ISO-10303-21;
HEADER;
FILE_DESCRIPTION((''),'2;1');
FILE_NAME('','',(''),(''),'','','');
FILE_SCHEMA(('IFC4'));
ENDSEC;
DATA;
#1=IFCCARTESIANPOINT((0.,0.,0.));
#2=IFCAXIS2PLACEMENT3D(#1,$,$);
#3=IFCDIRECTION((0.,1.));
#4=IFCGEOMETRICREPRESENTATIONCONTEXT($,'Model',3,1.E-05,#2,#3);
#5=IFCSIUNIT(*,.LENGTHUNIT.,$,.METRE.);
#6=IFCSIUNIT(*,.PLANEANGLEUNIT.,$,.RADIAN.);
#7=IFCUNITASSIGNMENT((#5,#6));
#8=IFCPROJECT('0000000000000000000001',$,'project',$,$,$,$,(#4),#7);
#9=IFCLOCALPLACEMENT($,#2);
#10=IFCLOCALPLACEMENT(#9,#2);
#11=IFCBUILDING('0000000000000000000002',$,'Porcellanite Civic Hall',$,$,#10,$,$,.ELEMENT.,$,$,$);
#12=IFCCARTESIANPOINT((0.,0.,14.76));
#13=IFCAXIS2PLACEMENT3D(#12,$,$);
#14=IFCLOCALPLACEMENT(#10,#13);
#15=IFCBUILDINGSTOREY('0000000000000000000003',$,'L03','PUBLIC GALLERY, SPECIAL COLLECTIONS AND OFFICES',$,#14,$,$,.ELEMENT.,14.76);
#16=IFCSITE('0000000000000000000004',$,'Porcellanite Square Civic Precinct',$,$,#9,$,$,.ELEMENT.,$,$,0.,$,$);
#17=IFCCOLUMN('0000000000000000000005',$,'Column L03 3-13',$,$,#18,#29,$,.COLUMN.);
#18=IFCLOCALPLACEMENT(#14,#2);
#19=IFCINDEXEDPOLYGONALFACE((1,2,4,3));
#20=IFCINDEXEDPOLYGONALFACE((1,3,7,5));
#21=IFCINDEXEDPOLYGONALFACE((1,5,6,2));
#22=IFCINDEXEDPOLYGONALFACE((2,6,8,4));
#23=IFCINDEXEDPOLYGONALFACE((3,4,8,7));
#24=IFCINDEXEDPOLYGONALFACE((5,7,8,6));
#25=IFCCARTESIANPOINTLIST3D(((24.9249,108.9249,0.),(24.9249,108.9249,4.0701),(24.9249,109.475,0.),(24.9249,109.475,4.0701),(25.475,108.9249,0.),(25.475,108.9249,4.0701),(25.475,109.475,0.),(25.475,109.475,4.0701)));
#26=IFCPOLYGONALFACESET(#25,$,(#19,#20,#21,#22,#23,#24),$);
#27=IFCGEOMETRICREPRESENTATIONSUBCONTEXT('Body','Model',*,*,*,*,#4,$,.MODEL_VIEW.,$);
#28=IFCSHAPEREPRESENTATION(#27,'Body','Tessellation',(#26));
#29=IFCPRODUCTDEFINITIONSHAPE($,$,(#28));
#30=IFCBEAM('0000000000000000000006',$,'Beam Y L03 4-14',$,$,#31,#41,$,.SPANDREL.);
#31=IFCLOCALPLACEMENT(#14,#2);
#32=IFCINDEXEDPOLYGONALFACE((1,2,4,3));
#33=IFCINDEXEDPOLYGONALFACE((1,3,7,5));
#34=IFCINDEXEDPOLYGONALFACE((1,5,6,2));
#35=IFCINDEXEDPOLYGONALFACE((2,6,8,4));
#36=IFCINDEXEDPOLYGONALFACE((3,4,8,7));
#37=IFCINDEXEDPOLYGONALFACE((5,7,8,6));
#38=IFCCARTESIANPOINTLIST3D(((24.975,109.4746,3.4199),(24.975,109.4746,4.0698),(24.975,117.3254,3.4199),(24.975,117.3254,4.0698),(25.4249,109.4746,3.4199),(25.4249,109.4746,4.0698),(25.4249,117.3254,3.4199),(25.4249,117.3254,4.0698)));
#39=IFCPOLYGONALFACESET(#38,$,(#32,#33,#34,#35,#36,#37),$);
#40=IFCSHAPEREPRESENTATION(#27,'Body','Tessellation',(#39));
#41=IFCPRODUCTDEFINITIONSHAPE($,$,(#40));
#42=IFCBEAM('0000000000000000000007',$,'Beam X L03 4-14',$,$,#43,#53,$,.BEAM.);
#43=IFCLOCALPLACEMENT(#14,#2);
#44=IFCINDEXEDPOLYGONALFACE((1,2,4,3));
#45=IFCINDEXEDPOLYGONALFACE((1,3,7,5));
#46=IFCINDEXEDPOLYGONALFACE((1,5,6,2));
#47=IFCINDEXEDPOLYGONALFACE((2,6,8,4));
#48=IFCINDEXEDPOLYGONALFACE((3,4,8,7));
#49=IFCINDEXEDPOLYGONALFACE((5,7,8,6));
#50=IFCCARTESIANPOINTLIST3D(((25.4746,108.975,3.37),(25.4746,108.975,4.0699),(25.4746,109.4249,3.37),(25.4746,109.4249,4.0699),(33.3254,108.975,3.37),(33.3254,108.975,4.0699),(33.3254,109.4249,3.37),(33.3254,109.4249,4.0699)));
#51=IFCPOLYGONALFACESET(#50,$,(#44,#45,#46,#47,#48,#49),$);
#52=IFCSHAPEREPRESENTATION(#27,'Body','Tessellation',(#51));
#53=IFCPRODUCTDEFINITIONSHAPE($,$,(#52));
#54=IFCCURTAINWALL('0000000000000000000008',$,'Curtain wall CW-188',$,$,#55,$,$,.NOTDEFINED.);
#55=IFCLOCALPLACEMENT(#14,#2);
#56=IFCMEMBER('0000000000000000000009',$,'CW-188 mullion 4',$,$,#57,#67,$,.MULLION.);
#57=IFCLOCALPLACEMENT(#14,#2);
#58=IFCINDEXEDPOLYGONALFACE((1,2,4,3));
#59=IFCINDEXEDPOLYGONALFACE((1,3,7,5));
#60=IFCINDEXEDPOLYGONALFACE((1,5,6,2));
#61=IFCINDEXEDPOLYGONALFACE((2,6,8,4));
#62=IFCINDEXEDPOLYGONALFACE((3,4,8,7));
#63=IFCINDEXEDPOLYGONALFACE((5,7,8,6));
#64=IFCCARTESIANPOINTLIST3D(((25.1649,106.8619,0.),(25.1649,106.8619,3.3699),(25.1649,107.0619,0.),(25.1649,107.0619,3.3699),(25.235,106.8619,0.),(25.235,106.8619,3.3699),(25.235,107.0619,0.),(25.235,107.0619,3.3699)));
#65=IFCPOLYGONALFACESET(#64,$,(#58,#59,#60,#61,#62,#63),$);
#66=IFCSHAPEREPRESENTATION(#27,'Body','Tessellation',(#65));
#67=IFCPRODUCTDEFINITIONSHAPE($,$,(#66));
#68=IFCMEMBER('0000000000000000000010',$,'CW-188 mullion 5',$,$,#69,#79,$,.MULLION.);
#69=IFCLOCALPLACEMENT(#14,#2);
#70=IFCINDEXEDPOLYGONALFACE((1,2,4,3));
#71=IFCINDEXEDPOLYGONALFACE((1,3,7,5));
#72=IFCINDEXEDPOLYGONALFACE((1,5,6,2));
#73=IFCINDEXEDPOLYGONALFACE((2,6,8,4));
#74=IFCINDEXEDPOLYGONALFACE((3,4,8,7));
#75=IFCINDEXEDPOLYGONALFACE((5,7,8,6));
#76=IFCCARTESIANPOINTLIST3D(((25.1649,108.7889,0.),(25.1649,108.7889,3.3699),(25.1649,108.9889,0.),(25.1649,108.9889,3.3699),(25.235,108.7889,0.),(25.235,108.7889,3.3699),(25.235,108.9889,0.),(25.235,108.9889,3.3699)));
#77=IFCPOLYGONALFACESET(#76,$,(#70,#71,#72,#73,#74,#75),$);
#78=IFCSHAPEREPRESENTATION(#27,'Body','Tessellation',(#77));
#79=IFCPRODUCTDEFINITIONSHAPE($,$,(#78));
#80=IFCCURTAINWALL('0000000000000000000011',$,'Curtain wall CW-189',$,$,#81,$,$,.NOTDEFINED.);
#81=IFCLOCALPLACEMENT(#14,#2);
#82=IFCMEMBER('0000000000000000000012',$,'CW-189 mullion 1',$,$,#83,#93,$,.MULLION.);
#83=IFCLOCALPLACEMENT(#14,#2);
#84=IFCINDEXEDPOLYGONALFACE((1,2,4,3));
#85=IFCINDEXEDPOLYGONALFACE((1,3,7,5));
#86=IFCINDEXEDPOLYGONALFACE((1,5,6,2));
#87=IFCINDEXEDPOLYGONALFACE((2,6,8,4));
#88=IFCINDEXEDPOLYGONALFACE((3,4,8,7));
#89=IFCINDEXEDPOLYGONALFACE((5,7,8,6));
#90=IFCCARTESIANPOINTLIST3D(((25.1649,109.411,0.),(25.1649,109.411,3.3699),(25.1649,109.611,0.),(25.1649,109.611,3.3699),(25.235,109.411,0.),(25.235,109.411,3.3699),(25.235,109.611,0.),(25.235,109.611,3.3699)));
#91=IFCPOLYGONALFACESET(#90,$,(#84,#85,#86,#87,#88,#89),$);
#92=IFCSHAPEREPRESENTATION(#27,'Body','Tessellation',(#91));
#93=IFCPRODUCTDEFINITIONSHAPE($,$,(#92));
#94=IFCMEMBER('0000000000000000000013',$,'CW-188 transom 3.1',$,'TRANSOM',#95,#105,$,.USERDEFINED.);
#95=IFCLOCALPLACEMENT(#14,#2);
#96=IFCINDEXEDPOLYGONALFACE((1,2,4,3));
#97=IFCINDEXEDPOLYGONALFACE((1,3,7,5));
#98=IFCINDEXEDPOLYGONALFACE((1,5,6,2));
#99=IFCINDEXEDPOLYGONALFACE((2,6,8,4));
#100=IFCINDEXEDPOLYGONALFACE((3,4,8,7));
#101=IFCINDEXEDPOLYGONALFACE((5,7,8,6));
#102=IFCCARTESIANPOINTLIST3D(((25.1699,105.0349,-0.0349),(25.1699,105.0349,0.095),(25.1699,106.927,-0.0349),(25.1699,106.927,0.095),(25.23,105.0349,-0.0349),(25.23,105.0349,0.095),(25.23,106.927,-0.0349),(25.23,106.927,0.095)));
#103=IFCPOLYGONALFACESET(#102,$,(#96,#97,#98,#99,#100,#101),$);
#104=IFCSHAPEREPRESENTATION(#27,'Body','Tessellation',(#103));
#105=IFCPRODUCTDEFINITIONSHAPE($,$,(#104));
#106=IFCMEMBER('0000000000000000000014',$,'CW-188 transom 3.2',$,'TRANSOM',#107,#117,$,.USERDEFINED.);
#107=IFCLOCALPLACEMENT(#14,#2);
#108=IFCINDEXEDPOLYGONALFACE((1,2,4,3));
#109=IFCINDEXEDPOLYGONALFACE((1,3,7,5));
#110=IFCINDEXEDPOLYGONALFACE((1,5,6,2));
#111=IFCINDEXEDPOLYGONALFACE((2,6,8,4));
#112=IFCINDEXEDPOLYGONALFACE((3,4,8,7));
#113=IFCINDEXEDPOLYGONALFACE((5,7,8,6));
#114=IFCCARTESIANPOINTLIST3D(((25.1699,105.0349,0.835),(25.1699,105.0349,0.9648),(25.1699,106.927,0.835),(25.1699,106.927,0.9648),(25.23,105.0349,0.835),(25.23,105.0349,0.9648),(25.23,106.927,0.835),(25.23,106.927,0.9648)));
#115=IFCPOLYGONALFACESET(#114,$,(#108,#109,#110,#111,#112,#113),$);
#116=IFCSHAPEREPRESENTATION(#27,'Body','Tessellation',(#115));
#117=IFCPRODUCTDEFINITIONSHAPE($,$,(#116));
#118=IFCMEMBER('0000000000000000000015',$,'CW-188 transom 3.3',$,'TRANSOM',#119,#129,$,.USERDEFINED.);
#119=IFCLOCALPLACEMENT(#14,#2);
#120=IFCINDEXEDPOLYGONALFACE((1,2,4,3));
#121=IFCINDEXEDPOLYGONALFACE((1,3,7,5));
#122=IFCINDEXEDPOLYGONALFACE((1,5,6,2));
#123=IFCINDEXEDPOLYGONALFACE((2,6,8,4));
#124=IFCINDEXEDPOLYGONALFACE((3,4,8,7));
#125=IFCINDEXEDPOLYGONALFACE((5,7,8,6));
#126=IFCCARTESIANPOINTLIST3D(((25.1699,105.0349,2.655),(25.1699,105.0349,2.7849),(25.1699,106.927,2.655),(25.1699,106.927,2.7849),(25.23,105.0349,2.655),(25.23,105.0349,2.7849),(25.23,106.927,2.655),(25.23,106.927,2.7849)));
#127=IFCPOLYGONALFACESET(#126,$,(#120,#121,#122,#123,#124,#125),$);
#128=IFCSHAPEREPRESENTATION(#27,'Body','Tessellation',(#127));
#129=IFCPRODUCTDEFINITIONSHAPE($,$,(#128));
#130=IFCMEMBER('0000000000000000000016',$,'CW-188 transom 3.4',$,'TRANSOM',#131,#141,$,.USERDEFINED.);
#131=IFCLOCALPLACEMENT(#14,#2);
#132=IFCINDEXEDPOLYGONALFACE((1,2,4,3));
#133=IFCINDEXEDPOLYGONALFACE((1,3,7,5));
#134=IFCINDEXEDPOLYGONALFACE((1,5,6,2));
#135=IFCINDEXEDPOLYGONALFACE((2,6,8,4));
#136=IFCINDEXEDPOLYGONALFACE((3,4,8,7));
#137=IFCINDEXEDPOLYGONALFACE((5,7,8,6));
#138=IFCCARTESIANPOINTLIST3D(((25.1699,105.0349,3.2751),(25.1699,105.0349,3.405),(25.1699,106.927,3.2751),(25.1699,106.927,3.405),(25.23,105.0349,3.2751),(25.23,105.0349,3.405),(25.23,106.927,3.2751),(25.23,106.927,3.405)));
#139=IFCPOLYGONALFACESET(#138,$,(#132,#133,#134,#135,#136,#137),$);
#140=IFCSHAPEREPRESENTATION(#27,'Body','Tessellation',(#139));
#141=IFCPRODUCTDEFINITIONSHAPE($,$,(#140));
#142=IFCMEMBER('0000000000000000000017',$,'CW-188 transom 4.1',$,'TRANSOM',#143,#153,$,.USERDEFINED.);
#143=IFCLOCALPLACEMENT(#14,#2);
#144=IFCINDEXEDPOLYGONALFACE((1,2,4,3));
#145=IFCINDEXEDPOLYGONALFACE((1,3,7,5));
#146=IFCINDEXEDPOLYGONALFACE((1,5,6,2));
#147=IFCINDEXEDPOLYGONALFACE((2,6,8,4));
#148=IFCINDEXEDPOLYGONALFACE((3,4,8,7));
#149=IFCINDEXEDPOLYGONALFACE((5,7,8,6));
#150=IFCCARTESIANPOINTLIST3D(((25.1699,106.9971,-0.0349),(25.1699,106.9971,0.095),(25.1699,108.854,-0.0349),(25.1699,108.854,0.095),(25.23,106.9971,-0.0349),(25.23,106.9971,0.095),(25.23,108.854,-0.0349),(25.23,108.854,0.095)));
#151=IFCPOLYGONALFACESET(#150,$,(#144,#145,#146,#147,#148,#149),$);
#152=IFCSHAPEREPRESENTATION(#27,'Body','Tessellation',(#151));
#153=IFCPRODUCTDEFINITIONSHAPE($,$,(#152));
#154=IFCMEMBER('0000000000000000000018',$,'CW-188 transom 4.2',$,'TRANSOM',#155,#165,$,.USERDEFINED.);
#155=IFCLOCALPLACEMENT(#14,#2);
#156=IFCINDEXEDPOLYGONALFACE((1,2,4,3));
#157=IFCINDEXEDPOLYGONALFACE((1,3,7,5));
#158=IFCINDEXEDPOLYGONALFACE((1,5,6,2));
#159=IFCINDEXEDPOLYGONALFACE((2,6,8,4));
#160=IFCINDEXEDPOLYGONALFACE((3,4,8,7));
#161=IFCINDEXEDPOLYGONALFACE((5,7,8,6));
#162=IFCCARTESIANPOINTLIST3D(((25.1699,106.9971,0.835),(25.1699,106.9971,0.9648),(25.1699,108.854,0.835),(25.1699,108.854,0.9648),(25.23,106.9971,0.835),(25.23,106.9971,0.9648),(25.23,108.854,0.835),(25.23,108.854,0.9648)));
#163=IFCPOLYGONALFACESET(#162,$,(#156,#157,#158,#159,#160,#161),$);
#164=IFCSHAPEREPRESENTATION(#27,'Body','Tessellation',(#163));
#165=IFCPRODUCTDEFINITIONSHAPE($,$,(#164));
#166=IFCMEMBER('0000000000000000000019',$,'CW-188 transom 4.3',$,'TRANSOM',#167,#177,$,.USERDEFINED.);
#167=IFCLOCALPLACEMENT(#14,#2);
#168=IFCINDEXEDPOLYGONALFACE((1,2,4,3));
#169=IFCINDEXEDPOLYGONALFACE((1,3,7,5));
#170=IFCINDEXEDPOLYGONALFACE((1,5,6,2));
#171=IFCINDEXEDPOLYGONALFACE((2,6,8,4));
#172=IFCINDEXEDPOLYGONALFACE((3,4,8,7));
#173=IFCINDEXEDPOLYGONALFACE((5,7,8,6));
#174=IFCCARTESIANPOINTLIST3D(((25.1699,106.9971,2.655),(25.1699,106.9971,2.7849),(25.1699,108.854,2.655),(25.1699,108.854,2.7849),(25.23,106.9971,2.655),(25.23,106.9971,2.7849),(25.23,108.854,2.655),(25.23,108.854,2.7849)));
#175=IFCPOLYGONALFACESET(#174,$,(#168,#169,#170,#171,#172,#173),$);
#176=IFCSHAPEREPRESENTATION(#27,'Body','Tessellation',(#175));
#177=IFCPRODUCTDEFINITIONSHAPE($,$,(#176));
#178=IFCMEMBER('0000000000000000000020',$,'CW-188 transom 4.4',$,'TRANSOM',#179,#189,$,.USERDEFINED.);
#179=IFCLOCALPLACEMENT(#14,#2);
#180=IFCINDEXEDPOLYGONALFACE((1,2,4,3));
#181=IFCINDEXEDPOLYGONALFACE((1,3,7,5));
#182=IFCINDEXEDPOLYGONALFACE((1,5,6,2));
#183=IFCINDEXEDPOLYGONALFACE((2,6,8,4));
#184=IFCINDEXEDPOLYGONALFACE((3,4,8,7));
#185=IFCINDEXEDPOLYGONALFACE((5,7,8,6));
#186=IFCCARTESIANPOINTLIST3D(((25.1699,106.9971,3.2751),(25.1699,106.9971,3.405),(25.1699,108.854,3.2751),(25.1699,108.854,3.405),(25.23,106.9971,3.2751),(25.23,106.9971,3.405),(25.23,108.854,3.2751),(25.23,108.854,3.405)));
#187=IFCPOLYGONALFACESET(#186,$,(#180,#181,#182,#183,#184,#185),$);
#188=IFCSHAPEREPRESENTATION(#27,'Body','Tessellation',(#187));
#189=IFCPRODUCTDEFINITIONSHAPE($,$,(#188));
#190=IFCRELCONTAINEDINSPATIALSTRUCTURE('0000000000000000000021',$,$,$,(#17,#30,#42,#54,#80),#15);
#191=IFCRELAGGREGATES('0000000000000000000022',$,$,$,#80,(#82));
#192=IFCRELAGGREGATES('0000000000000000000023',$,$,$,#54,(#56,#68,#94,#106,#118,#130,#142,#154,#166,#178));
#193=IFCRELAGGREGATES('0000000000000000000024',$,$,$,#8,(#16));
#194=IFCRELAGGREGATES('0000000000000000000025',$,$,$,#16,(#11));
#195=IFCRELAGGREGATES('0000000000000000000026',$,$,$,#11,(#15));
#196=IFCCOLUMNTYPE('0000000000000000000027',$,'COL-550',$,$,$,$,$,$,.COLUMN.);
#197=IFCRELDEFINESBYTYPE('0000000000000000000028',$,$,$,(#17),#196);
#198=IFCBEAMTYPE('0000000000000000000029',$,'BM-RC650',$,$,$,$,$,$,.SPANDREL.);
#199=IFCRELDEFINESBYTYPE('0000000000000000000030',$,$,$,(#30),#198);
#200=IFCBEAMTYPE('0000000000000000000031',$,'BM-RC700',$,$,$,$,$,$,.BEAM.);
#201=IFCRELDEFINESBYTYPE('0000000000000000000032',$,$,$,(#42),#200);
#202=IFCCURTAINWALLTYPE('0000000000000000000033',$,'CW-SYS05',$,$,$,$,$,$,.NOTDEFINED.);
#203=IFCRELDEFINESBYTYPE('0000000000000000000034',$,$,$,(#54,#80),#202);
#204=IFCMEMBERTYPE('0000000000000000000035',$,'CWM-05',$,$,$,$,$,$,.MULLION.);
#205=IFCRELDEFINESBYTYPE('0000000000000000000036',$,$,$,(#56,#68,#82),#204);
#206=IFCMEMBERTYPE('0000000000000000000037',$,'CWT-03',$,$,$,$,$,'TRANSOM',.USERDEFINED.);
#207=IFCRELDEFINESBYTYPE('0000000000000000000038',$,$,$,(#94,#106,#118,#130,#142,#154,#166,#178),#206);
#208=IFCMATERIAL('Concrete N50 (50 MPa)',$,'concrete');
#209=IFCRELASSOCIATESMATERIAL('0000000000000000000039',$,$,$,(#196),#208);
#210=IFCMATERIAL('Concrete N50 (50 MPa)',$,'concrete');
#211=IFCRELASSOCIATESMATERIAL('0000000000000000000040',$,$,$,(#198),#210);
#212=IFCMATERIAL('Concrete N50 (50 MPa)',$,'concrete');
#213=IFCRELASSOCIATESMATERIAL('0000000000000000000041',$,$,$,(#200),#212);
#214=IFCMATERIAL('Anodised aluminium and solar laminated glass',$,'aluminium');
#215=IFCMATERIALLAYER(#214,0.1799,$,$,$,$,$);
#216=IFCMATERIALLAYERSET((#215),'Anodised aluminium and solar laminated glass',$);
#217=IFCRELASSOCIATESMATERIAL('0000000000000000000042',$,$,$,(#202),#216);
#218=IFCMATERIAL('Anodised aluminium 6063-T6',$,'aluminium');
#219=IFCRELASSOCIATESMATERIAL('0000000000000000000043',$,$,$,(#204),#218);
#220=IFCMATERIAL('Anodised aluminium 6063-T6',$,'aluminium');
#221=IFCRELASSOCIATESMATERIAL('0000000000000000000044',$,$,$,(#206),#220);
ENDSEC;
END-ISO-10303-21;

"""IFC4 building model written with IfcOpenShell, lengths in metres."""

from ifc_helpers import new_model, si_unit, direction, frame, origin, origin_2d, place, context, subcontext, project, spatial, rectangle, extrude, material, layer, layer_set, material_profile, profile_set, type_object, element, aggregate, save


model = new_model("IFC4")

# Units and contexts
model_context = context("Model", 3, precision=1e-05, world=origin(), true_north=direction((0.0, 1.0)))
body_context = subcontext(model_context, "Body", "Model", "MODEL_VIEW")
ifc_project = project(units=[si_unit("LENGTHUNIT", "METRE"), si_unit("PLANEANGLEUNIT", "RADIAN")], contexts=[model_context])

# Site, building, storey
site_placement = place(None, origin())
site = spatial("IfcSite", under=ifc_project, at=site_placement, Name="Porcellanite Square Civic Precinct", CompositionType="ELEMENT", RefElevation=0.0)
building_placement = place(site_placement, origin())
building = spatial("IfcBuilding", under=site, at=building_placement, Name="Porcellanite Civic Hall", CompositionType="ELEMENT")
storey_placement = place(building_placement, frame((0.0, 0.0, 14.76)))
storey = spatial("IfcBuildingStorey", under=building, at=storey_placement, Name="L03", Description="PUBLIC GALLERY, SPECIAL COLLECTIONS AND OFFICES", CompositionType="ELEMENT", Elevation=14.76)

# Column
ifc_material_1 = material(Name="Concrete N50 (50 MPa)", Category="concrete")
ifc_material_profile_1 = material_profile(ifc_material_1, rectangle(XDim=0.55, YDim=0.55, at=origin_2d()), Name="RC-550x550")
ifc_profile_set_1 = profile_set([ifc_material_profile_1], Name="Concrete N50 (50 MPa)")
column_type = type_object("IfcColumnType", Name="COL-550", PredefinedType="COLUMN", material=ifc_profile_set_1)
column_placement = place(storey_placement, frame((25.2, 109.2, 0.0), z_axis=(0.0, 0.0, 1.0), x_axis=(1.0, 0.0, 0.0)))
element("IfcColumn", 1, at=column_placement, inside=storey, type_object=column_type, Name="Column L03 3-13", PredefinedType="COLUMN", context=body_context, shape_type="SweptSolid", body=[
    extrude(rectangle(XDim=0.55, YDim=0.55, at=origin_2d()), origin(), (0.0, 0.0, 1.0), 4.0701),
])

# Beams
ifc_material_2 = material(Name="Concrete N50 (50 MPa)", Category="concrete")
ifc_material_profile_2 = material_profile(ifc_material_2, rectangle(XDim=0.45, YDim=0.6499, at=origin_2d()), Name="RC-450x650")
ifc_profile_set_2 = profile_set([ifc_material_profile_2], Name="Concrete N50 (50 MPa)")
beam_type_1 = type_object("IfcBeamType", Name="BM-RC650", PredefinedType="SPANDREL", material=ifc_profile_set_2)
beam_1_placement = place(storey_placement, frame((25.2, 109.4746, 3.7449), z_axis=(0.0, 1.0, 0.0), x_axis=(-1.0, 0.0, 0.0)))
element("IfcBeam", 2, at=beam_1_placement, inside=storey, type_object=beam_type_1, Name="Beam Y L03 4-14", PredefinedType="SPANDREL", context=body_context, shape_type="SweptSolid", body=[
    extrude(rectangle(XDim=0.45, YDim=0.6499, at=origin_2d()), origin(), (0.0, 0.0, 1.0), 7.8508),
])
ifc_material_3 = material(Name="Concrete N50 (50 MPa)", Category="concrete")
ifc_material_profile_3 = material_profile(ifc_material_3, rectangle(XDim=0.45, YDim=0.7, at=origin_2d()), Name="RC-450x700")
ifc_profile_set_3 = profile_set([ifc_material_profile_3], Name="Concrete N50 (50 MPa)")
beam_type_2 = type_object("IfcBeamType", Name="BM-RC700", PredefinedType="BEAM", material=ifc_profile_set_3)
beam_2_placement = place(storey_placement, frame((25.4746, 109.2, 3.72), z_axis=(1.0, 0.0, 0.0), x_axis=(0.0, 1.0, 0.0)))
element("IfcBeam", 3, at=beam_2_placement, inside=storey, type_object=beam_type_2, Name="Beam X L03 4-14", PredefinedType="BEAM", context=body_context, shape_type="SweptSolid", body=[
    extrude(rectangle(XDim=0.45, YDim=0.7, at=origin_2d()), origin(), (0.0, 0.0, 1.0), 7.8508),
])

# Curtain wall, members
ifc_material_4 = material(Name="Anodised aluminium and solar laminated glass", Category="aluminium")
ifc_layer_1 = layer(ifc_material_4, 0.1799)
ifc_layer_set_1 = layer_set([ifc_layer_1], Name="Anodised aluminium and solar laminated glass")
curtain_wall_type = type_object("IfcCurtainWallType", Name="CW-SYS05", PredefinedType="NOTDEFINED", material=ifc_layer_set_1)
curtain_wall_1_placement = place(storey_placement, origin())
curtain_wall_1 = element("IfcCurtainWall", 4, at=curtain_wall_1_placement, inside=storey, type_object=curtain_wall_type, Name="Curtain wall CW-188", PredefinedType="NOTDEFINED")
ifc_material_5 = material(Name="Anodised aluminium 6063-T6", Category="aluminium")
ifc_material_profile_4 = material_profile(ifc_material_5, rectangle(XDim=0.0701, YDim=0.2, at=origin_2d()), Name="AL-70x200")
ifc_profile_set_4 = profile_set([ifc_material_profile_4], Name="Anodised aluminium 6063-T6")
member_type_1 = type_object("IfcMemberType", Name="CWM-05", PredefinedType="MULLION", material=ifc_profile_set_4)
member_1_placement = place(storey_placement, frame((25.2, 106.9619, 0.0), z_axis=(0.0, 0.0, 1.0), x_axis=(-1.0, 0.0, 0.0)))
member_1 = element("IfcMember", 5, at=member_1_placement, type_object=member_type_1, Name="CW-188 mullion 4", PredefinedType="MULLION", context=body_context, shape_type="SweptSolid", body=[
    extrude(rectangle(XDim=0.0701, YDim=0.2, at=origin_2d()), origin(), (0.0, 0.0, 1.0), 3.3699),
])
member_2_placement = place(storey_placement, frame((25.2, 108.8889, 0.0), z_axis=(0.0, 0.0, 1.0), x_axis=(-1.0, 0.0, 0.0)))
member_2 = element("IfcMember", 6, at=member_2_placement, type_object=member_type_1, Name="CW-188 mullion 5", PredefinedType="MULLION", context=body_context, shape_type="SweptSolid", body=[
    extrude(rectangle(XDim=0.0701, YDim=0.2, at=origin_2d()), origin(), (0.0, 0.0, 1.0), 3.3699),
])

# Curtain wall, member
curtain_wall_2_placement = place(storey_placement, origin())
curtain_wall_2 = element("IfcCurtainWall", 7, at=curtain_wall_2_placement, inside=storey, type_object=curtain_wall_type, Name="Curtain wall CW-189", PredefinedType="NOTDEFINED")
member_3_placement = place(storey_placement, frame((25.2, 109.511, 0.0), z_axis=(0.0, 0.0, 1.0), x_axis=(-1.0, 0.0, 0.0)))
member_3 = element("IfcMember", 8, at=member_3_placement, type_object=member_type_1, Name="CW-189 mullion 1", PredefinedType="MULLION", context=body_context, shape_type="SweptSolid", body=[
    extrude(rectangle(XDim=0.0701, YDim=0.2, at=origin_2d()), origin(), (0.0, 0.0, 1.0), 3.3699),
])

# Members
ifc_material_6 = material(Name="Anodised aluminium 6063-T6", Category="aluminium")
ifc_material_profile_5 = material_profile(ifc_material_6, rectangle(XDim=0.0601, YDim=0.1299, at=origin_2d()), Name="AL-60x130")
ifc_profile_set_5 = profile_set([ifc_material_profile_5], Name="Anodised aluminium 6063-T6")
member_type_2 = type_object("IfcMemberType", Name="CWT-03", ElementType="TRANSOM", PredefinedType="USERDEFINED", material=ifc_profile_set_5)
member_4_placement = place(storey_placement, frame((25.2, 105.0349, 0.03), z_axis=(0.0, 1.0, 0.0), x_axis=(-1.0, 0.0, 0.0)))
member_4 = element("IfcMember", 9, at=member_4_placement, type_object=member_type_2, Name="CW-188 transom 3.1", ObjectType="TRANSOM", PredefinedType="USERDEFINED", context=body_context, shape_type="SweptSolid", body=[
    extrude(rectangle(XDim=0.0601, YDim=0.1299, at=origin_2d()), origin(), (0.0, 0.0, 1.0), 1.8921),
])
member_5_placement = place(storey_placement, frame((25.2, 105.0349, 0.8999), z_axis=(0.0, 1.0, 0.0), x_axis=(-1.0, 0.0, 0.0)))
member_5 = element("IfcMember", 10, at=member_5_placement, type_object=member_type_2, Name="CW-188 transom 3.2", ObjectType="TRANSOM", PredefinedType="USERDEFINED", context=body_context, shape_type="SweptSolid", body=[
    extrude(rectangle(XDim=0.0601, YDim=0.1299, at=origin_2d()), origin(), (0.0, 0.0, 1.0), 1.8921),
])
member_6_placement = place(storey_placement, frame((25.2, 105.0349, 2.72), z_axis=(0.0, 1.0, 0.0), x_axis=(-1.0, 0.0, 0.0)))
member_6 = element("IfcMember", 11, at=member_6_placement, type_object=member_type_2, Name="CW-188 transom 3.3", ObjectType="TRANSOM", PredefinedType="USERDEFINED", context=body_context, shape_type="SweptSolid", body=[
    extrude(rectangle(XDim=0.0601, YDim=0.1299, at=origin_2d()), origin(), (0.0, 0.0, 1.0), 1.8921),
])
member_7_placement = place(storey_placement, frame((25.2, 105.0349, 3.3401), z_axis=(0.0, 1.0, 0.0), x_axis=(-1.0, 0.0, 0.0)))
member_7 = element("IfcMember", 12, at=member_7_placement, type_object=member_type_2, Name="CW-188 transom 3.4", ObjectType="TRANSOM", PredefinedType="USERDEFINED", context=body_context, shape_type="SweptSolid", body=[
    extrude(rectangle(XDim=0.0601, YDim=0.1299, at=origin_2d()), origin(), (0.0, 0.0, 1.0), 1.8921),
])
member_8_placement = place(storey_placement, frame((25.2, 106.9971, 0.03), z_axis=(0.0, 1.0, 0.0), x_axis=(-1.0, 0.0, 0.0)))
member_8 = element("IfcMember", 13, at=member_8_placement, type_object=member_type_2, Name="CW-188 transom 4.1", ObjectType="TRANSOM", PredefinedType="USERDEFINED", context=body_context, shape_type="SweptSolid", body=[
    extrude(rectangle(XDim=0.0601, YDim=0.1299, at=origin_2d()), origin(), (0.0, 0.0, 1.0), 1.8569),
])
member_9_placement = place(storey_placement, frame((25.2, 106.9971, 0.8999), z_axis=(0.0, 1.0, 0.0), x_axis=(-1.0, 0.0, 0.0)))
member_9 = element("IfcMember", 14, at=member_9_placement, type_object=member_type_2, Name="CW-188 transom 4.2", ObjectType="TRANSOM", PredefinedType="USERDEFINED", context=body_context, shape_type="SweptSolid", body=[
    extrude(rectangle(XDim=0.0601, YDim=0.1299, at=origin_2d()), origin(), (0.0, 0.0, 1.0), 1.8569),
])
member_10_placement = place(storey_placement, frame((25.2, 106.9971, 2.72), z_axis=(0.0, 1.0, 0.0), x_axis=(-1.0, 0.0, 0.0)))
member_10 = element("IfcMember", 15, at=member_10_placement, type_object=member_type_2, Name="CW-188 transom 4.3", ObjectType="TRANSOM", PredefinedType="USERDEFINED", context=body_context, shape_type="SweptSolid", body=[
    extrude(rectangle(XDim=0.0601, YDim=0.1299, at=origin_2d()), origin(), (0.0, 0.0, 1.0), 1.8569),
])
member_11_placement = place(storey_placement, frame((25.2, 106.9971, 3.3401), z_axis=(0.0, 1.0, 0.0), x_axis=(-1.0, 0.0, 0.0)))
member_11 = element("IfcMember", 16, at=member_11_placement, type_object=member_type_2, Name="CW-188 transom 4.4", ObjectType="TRANSOM", PredefinedType="USERDEFINED", context=body_context, shape_type="SweptSolid", body=[
    extrude(rectangle(XDim=0.0601, YDim=0.1299, at=origin_2d()), origin(), (0.0, 0.0, 1.0), 1.8569),
])
aggregate(curtain_wall_2, [member_3])

aggregate(curtain_wall_1, [member_1, member_2, member_4, member_5, member_6, member_7, member_8, member_9, member_10, member_11])

save(model, "model.ifc")
